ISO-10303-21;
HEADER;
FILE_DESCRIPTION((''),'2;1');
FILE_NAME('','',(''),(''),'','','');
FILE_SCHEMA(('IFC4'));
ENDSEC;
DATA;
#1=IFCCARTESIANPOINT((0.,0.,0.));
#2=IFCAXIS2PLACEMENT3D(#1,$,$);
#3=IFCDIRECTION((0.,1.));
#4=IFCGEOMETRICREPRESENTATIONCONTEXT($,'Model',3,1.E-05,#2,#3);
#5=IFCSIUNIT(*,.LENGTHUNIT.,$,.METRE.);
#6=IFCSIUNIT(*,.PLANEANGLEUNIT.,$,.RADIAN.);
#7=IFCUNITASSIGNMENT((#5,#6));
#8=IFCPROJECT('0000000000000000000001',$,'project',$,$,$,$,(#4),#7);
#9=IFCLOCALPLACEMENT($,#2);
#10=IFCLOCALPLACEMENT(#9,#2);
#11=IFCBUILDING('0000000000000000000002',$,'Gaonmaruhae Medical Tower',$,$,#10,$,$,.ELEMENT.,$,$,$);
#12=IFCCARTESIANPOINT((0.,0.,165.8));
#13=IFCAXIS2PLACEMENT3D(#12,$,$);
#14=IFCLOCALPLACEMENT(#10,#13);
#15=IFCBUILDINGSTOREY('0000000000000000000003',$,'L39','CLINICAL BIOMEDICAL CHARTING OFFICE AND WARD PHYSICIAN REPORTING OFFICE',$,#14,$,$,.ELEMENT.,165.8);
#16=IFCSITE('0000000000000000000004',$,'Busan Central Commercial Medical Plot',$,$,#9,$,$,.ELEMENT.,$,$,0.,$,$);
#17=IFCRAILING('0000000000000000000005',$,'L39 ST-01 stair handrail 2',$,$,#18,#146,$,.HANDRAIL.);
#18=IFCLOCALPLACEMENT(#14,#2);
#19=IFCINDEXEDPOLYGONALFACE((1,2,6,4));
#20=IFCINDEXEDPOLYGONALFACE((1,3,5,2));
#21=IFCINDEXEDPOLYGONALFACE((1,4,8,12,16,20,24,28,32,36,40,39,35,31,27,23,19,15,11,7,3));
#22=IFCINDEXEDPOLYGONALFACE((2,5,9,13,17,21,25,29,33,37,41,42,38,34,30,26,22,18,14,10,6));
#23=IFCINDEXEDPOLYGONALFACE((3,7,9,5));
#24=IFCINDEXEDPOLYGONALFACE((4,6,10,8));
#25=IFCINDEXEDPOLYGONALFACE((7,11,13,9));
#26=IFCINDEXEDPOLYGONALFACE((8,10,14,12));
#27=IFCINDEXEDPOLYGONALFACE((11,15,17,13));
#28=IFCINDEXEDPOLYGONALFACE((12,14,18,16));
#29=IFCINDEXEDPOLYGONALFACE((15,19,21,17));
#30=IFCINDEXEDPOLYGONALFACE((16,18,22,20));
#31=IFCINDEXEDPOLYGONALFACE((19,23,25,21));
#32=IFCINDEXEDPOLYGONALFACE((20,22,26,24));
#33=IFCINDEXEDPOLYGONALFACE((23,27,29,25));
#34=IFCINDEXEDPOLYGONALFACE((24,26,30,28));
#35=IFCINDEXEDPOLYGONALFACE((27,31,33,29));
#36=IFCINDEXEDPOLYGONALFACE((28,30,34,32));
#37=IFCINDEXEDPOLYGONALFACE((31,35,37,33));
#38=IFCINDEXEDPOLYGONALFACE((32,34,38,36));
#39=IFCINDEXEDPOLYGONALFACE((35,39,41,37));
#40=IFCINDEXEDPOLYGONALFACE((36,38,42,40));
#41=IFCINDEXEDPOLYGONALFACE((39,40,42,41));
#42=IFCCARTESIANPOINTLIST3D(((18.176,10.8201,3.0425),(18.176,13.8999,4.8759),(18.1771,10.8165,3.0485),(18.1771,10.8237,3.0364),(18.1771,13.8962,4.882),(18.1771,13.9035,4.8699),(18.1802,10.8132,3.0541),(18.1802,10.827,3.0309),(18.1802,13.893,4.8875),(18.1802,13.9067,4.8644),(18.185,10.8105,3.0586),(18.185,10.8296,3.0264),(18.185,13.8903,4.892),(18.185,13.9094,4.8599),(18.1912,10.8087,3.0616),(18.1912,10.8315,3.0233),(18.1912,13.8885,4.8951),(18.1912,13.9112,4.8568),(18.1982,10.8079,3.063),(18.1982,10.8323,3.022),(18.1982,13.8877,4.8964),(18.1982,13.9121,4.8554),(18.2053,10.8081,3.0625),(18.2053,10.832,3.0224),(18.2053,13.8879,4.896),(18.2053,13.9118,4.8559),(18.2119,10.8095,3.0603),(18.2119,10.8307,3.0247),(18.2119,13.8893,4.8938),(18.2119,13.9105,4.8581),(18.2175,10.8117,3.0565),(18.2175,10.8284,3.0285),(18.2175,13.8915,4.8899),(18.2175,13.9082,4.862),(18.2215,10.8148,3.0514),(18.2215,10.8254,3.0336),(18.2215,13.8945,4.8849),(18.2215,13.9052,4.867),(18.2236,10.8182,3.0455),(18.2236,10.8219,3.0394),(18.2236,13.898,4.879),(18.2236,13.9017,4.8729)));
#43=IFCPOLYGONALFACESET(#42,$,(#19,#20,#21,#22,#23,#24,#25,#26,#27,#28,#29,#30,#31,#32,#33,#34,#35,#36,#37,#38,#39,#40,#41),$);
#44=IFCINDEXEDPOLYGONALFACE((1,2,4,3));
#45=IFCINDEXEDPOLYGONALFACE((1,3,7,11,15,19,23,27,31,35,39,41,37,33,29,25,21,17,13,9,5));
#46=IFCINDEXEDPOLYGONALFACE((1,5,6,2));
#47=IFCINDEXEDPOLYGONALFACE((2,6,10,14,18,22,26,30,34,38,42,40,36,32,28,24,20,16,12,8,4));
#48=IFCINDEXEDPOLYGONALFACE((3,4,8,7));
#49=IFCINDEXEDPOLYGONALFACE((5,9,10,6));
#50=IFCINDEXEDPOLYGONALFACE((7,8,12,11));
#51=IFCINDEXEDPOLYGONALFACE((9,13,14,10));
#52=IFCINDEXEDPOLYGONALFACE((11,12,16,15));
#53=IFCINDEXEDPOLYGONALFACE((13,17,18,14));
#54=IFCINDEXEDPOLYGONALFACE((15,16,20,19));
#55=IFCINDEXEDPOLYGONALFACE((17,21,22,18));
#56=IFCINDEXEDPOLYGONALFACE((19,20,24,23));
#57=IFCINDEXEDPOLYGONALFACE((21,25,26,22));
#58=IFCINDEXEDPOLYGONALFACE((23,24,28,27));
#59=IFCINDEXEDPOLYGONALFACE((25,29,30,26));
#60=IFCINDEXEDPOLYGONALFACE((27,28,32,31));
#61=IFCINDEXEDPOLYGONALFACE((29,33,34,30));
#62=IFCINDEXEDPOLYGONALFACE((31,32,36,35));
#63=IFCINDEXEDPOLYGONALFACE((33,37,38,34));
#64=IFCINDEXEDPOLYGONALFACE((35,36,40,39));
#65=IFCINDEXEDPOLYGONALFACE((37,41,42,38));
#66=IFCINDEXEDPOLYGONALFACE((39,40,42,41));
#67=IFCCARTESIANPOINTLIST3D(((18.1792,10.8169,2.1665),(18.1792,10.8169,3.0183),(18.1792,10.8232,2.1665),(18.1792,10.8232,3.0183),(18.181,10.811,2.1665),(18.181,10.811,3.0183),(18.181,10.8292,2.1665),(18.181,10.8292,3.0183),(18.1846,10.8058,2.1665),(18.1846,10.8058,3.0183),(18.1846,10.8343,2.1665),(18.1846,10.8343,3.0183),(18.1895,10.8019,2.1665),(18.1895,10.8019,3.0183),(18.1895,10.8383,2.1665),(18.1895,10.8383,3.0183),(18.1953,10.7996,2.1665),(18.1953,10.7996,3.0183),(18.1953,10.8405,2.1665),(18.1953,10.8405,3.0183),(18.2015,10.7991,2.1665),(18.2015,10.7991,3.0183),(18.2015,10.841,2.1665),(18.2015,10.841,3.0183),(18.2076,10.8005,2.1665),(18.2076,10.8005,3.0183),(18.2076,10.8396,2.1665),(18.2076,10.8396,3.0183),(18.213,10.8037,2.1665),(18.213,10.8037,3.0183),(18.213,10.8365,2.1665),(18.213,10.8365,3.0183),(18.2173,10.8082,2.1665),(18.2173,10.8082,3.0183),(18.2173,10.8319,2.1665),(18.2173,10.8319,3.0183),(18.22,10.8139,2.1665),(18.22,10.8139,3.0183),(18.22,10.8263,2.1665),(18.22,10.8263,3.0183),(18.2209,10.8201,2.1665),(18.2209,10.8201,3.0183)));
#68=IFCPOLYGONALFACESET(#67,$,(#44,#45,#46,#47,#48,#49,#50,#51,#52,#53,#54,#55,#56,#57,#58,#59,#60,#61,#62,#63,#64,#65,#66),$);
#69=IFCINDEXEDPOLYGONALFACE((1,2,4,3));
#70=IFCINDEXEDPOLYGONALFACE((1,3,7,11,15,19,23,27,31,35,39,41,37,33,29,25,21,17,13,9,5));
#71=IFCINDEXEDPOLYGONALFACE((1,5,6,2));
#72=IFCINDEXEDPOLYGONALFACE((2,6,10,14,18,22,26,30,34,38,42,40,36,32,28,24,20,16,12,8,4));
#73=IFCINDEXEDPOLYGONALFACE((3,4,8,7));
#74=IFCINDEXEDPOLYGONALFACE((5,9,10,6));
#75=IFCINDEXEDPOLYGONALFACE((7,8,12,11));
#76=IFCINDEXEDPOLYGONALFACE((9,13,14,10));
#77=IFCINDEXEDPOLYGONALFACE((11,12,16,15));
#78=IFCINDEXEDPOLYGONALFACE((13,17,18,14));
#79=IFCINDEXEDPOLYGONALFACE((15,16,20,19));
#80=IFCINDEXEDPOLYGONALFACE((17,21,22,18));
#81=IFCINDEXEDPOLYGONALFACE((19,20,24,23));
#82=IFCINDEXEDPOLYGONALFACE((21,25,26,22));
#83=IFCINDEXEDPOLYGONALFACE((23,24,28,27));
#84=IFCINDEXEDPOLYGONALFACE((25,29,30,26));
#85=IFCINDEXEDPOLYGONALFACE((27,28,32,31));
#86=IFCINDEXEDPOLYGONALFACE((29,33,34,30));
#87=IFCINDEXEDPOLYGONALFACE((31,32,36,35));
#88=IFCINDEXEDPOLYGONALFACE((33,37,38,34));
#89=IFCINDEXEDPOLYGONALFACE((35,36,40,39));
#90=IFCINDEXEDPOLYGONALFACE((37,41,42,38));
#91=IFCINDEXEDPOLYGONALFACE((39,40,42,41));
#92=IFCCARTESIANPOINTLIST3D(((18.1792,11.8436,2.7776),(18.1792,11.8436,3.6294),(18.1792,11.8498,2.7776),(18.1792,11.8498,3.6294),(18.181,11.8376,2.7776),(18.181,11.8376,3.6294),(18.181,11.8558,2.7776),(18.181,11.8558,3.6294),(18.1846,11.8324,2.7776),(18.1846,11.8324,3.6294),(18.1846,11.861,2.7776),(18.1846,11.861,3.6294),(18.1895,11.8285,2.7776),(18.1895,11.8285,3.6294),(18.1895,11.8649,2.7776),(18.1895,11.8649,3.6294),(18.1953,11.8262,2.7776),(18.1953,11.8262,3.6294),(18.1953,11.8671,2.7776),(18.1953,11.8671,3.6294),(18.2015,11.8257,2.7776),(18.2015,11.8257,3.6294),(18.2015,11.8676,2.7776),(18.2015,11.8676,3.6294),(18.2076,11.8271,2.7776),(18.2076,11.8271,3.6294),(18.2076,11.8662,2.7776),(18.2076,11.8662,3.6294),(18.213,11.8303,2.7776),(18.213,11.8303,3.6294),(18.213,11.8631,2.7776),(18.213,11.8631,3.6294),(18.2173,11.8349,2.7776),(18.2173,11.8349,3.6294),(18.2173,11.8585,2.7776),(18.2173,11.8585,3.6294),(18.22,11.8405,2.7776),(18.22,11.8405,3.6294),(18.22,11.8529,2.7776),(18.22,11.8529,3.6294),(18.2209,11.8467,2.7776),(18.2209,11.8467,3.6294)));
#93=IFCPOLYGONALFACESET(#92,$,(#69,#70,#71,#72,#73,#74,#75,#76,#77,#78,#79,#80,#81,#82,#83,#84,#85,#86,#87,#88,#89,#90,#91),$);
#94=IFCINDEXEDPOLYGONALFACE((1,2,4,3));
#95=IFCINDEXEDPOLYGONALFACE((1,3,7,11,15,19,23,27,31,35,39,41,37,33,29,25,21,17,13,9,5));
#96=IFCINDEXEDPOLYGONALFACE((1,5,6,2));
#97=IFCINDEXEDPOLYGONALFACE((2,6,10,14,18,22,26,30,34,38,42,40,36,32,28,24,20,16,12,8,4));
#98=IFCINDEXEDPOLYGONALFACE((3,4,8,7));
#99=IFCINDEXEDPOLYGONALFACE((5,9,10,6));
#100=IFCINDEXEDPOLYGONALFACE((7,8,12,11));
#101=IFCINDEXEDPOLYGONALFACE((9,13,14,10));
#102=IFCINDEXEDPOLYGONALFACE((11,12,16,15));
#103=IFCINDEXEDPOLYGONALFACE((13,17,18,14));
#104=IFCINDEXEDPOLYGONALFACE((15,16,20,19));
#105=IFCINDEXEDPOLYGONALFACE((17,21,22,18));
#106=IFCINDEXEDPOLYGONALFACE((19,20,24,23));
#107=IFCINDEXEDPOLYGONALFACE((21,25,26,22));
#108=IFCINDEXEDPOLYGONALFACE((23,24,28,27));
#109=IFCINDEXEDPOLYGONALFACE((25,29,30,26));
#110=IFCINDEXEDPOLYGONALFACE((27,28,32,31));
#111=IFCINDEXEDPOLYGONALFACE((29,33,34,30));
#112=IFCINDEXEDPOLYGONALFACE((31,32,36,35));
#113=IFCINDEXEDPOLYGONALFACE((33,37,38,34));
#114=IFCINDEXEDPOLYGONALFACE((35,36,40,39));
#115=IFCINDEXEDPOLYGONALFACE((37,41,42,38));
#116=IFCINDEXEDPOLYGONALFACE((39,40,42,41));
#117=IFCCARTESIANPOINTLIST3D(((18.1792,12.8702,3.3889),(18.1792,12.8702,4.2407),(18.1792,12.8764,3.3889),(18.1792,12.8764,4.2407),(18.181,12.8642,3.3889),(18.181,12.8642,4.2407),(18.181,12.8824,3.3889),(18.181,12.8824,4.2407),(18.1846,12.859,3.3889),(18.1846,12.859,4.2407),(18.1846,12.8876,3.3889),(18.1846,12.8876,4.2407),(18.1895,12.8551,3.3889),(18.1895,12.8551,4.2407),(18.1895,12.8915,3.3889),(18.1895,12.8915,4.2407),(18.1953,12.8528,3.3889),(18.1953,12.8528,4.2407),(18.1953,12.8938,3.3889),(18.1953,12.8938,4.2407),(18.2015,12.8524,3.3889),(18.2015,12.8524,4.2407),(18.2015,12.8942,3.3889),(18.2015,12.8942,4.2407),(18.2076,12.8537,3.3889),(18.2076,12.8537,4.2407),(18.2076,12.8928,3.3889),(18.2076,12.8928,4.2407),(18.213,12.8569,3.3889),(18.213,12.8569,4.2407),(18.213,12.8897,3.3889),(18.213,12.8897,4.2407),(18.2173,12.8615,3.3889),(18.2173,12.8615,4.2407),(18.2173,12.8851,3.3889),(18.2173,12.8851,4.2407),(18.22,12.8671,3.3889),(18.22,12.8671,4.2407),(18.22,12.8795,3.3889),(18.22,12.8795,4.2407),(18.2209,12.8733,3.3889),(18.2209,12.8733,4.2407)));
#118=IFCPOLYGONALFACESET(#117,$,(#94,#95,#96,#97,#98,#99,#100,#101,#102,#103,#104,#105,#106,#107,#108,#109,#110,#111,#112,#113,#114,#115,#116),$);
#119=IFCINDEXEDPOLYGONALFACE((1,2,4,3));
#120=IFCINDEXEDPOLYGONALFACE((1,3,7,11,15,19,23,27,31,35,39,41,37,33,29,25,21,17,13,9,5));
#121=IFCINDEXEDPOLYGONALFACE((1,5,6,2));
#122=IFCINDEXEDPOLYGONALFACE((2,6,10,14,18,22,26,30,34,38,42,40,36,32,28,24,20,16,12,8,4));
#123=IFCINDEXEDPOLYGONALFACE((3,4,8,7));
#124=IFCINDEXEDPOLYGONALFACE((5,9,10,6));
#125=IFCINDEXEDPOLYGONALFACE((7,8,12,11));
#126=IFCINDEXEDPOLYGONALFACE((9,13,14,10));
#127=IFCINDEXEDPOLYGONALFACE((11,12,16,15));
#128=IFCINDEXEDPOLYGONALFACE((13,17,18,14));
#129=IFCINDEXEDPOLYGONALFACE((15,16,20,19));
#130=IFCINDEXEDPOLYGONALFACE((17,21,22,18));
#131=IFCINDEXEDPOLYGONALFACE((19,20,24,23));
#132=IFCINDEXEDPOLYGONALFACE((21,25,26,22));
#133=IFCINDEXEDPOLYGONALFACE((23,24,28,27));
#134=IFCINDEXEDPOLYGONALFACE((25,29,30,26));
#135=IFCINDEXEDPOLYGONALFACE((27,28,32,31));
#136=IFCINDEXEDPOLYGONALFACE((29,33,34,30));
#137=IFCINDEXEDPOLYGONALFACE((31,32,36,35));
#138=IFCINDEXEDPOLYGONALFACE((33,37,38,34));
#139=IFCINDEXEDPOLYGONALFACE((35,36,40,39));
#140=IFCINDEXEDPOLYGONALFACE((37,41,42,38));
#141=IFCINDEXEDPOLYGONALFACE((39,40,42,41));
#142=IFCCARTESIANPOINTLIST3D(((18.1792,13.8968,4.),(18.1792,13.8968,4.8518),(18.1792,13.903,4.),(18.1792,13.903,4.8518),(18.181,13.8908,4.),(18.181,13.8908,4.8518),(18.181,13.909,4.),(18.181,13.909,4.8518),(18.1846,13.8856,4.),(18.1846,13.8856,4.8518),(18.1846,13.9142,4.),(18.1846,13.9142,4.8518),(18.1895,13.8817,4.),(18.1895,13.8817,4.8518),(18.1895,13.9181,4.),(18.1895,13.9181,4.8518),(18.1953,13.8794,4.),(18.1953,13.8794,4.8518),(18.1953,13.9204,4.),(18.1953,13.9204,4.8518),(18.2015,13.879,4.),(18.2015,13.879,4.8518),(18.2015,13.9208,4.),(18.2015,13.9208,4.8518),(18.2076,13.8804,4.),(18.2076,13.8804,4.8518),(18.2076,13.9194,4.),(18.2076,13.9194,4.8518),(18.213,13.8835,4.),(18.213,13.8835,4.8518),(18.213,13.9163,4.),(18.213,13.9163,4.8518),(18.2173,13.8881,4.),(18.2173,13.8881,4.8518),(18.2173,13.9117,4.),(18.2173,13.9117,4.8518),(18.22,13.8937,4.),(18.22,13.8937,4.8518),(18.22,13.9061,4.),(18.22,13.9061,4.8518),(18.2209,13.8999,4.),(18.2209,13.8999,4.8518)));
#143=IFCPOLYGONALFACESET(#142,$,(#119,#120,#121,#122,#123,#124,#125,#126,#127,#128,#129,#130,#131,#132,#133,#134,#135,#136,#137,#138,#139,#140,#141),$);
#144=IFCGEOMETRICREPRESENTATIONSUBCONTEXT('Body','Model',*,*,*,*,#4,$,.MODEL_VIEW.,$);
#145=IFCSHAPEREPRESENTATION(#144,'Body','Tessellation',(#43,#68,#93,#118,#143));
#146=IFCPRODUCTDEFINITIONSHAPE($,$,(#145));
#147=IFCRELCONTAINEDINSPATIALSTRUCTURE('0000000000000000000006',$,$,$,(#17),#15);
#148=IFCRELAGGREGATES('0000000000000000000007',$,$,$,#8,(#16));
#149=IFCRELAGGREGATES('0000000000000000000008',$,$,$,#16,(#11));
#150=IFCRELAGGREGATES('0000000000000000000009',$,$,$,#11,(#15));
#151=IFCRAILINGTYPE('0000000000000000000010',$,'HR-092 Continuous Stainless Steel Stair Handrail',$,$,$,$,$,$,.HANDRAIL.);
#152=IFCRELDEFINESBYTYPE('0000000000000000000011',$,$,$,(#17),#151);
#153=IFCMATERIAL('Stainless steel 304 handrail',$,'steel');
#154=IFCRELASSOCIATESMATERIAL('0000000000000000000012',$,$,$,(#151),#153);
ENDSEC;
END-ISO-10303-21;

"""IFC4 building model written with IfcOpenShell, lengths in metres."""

from ifc_helpers import new_model, si_unit, direction, frame, origin, origin_2d, place, context, subcontext, project, spatial, circle, extrude, material, type_object, element, save


model = new_model("IFC4")

# Units and contexts
model_context = context("Model", 3, precision=1e-05, world=origin(), true_north=direction((0.0, 1.0)))
body_context = subcontext(model_context, "Body", "Model", "MODEL_VIEW")
ifc_project = project(units=[si_unit("LENGTHUNIT", "METRE"), si_unit("PLANEANGLEUNIT", "RADIAN")], contexts=[model_context])

# Site, building, storey
site_placement = place(None, origin())
site = spatial("IfcSite", under=ifc_project, at=site_placement, Name="Busan Central Commercial Medical Plot", CompositionType="ELEMENT", RefElevation=0.0)
building_placement = place(site_placement, origin())
building = spatial("IfcBuilding", under=site, at=building_placement, Name="Gaonmaruhae Medical Tower", CompositionType="ELEMENT")
storey_placement = place(building_placement, frame((0.0, 0.0, 165.8)))
storey = spatial("IfcBuildingStorey", under=building, at=storey_placement, Name="L39", Description="CLINICAL BIOMEDICAL CHARTING OFFICE AND WARD PHYSICIAN REPORTING OFFICE", CompositionType="ELEMENT", Elevation=165.8)

# Railing
ifc_material_1 = material(Name="Stainless steel 304 handrail", Category="steel")
railing_type_1 = type_object("IfcRailingType", Name="HR-092 Continuous Stainless Steel Stair Handrail", PredefinedType="HANDRAIL", material=ifc_material_1)
railing_1_placement = place(storey_placement, frame((18.2, 10.8201, 2.1665)))
element("IfcRailing", 1, at=railing_1_placement, inside=storey, type_object=railing_type_1, Name="L39 ST-01 stair handrail 2", PredefinedType="HANDRAIL", context=body_context, shape_type="SweptSolid", body=[
    extrude(circle(Radius=0.0239, at=origin_2d()), frame((0.0, 0.0, 0.876), z_axis=(0.0, 0.859261, 0.511538), x_axis=(-1.0, 0.0, 0.0)), (0.0, 0.0, 1.0), 3.5842),
    extrude(circle(Radius=0.021, at=origin_2d()), origin(), (0.0, 0.0, 1.0), 0.8518),
    extrude(circle(Radius=0.021, at=origin_2d()), frame((0.0, 1.0266, 0.6111)), (0.0, 0.0, 1.0), 0.8518),
    extrude(circle(Radius=0.021, at=origin_2d()), frame((0.0, 2.0532, 1.2224)), (0.0, 0.0, 1.0), 0.8518),
    extrude(circle(Radius=0.021, at=origin_2d()), frame((0.0, 3.0798, 1.8335)), (0.0, 0.0, 1.0), 0.8518),
])

save(model, "model.ifc")
